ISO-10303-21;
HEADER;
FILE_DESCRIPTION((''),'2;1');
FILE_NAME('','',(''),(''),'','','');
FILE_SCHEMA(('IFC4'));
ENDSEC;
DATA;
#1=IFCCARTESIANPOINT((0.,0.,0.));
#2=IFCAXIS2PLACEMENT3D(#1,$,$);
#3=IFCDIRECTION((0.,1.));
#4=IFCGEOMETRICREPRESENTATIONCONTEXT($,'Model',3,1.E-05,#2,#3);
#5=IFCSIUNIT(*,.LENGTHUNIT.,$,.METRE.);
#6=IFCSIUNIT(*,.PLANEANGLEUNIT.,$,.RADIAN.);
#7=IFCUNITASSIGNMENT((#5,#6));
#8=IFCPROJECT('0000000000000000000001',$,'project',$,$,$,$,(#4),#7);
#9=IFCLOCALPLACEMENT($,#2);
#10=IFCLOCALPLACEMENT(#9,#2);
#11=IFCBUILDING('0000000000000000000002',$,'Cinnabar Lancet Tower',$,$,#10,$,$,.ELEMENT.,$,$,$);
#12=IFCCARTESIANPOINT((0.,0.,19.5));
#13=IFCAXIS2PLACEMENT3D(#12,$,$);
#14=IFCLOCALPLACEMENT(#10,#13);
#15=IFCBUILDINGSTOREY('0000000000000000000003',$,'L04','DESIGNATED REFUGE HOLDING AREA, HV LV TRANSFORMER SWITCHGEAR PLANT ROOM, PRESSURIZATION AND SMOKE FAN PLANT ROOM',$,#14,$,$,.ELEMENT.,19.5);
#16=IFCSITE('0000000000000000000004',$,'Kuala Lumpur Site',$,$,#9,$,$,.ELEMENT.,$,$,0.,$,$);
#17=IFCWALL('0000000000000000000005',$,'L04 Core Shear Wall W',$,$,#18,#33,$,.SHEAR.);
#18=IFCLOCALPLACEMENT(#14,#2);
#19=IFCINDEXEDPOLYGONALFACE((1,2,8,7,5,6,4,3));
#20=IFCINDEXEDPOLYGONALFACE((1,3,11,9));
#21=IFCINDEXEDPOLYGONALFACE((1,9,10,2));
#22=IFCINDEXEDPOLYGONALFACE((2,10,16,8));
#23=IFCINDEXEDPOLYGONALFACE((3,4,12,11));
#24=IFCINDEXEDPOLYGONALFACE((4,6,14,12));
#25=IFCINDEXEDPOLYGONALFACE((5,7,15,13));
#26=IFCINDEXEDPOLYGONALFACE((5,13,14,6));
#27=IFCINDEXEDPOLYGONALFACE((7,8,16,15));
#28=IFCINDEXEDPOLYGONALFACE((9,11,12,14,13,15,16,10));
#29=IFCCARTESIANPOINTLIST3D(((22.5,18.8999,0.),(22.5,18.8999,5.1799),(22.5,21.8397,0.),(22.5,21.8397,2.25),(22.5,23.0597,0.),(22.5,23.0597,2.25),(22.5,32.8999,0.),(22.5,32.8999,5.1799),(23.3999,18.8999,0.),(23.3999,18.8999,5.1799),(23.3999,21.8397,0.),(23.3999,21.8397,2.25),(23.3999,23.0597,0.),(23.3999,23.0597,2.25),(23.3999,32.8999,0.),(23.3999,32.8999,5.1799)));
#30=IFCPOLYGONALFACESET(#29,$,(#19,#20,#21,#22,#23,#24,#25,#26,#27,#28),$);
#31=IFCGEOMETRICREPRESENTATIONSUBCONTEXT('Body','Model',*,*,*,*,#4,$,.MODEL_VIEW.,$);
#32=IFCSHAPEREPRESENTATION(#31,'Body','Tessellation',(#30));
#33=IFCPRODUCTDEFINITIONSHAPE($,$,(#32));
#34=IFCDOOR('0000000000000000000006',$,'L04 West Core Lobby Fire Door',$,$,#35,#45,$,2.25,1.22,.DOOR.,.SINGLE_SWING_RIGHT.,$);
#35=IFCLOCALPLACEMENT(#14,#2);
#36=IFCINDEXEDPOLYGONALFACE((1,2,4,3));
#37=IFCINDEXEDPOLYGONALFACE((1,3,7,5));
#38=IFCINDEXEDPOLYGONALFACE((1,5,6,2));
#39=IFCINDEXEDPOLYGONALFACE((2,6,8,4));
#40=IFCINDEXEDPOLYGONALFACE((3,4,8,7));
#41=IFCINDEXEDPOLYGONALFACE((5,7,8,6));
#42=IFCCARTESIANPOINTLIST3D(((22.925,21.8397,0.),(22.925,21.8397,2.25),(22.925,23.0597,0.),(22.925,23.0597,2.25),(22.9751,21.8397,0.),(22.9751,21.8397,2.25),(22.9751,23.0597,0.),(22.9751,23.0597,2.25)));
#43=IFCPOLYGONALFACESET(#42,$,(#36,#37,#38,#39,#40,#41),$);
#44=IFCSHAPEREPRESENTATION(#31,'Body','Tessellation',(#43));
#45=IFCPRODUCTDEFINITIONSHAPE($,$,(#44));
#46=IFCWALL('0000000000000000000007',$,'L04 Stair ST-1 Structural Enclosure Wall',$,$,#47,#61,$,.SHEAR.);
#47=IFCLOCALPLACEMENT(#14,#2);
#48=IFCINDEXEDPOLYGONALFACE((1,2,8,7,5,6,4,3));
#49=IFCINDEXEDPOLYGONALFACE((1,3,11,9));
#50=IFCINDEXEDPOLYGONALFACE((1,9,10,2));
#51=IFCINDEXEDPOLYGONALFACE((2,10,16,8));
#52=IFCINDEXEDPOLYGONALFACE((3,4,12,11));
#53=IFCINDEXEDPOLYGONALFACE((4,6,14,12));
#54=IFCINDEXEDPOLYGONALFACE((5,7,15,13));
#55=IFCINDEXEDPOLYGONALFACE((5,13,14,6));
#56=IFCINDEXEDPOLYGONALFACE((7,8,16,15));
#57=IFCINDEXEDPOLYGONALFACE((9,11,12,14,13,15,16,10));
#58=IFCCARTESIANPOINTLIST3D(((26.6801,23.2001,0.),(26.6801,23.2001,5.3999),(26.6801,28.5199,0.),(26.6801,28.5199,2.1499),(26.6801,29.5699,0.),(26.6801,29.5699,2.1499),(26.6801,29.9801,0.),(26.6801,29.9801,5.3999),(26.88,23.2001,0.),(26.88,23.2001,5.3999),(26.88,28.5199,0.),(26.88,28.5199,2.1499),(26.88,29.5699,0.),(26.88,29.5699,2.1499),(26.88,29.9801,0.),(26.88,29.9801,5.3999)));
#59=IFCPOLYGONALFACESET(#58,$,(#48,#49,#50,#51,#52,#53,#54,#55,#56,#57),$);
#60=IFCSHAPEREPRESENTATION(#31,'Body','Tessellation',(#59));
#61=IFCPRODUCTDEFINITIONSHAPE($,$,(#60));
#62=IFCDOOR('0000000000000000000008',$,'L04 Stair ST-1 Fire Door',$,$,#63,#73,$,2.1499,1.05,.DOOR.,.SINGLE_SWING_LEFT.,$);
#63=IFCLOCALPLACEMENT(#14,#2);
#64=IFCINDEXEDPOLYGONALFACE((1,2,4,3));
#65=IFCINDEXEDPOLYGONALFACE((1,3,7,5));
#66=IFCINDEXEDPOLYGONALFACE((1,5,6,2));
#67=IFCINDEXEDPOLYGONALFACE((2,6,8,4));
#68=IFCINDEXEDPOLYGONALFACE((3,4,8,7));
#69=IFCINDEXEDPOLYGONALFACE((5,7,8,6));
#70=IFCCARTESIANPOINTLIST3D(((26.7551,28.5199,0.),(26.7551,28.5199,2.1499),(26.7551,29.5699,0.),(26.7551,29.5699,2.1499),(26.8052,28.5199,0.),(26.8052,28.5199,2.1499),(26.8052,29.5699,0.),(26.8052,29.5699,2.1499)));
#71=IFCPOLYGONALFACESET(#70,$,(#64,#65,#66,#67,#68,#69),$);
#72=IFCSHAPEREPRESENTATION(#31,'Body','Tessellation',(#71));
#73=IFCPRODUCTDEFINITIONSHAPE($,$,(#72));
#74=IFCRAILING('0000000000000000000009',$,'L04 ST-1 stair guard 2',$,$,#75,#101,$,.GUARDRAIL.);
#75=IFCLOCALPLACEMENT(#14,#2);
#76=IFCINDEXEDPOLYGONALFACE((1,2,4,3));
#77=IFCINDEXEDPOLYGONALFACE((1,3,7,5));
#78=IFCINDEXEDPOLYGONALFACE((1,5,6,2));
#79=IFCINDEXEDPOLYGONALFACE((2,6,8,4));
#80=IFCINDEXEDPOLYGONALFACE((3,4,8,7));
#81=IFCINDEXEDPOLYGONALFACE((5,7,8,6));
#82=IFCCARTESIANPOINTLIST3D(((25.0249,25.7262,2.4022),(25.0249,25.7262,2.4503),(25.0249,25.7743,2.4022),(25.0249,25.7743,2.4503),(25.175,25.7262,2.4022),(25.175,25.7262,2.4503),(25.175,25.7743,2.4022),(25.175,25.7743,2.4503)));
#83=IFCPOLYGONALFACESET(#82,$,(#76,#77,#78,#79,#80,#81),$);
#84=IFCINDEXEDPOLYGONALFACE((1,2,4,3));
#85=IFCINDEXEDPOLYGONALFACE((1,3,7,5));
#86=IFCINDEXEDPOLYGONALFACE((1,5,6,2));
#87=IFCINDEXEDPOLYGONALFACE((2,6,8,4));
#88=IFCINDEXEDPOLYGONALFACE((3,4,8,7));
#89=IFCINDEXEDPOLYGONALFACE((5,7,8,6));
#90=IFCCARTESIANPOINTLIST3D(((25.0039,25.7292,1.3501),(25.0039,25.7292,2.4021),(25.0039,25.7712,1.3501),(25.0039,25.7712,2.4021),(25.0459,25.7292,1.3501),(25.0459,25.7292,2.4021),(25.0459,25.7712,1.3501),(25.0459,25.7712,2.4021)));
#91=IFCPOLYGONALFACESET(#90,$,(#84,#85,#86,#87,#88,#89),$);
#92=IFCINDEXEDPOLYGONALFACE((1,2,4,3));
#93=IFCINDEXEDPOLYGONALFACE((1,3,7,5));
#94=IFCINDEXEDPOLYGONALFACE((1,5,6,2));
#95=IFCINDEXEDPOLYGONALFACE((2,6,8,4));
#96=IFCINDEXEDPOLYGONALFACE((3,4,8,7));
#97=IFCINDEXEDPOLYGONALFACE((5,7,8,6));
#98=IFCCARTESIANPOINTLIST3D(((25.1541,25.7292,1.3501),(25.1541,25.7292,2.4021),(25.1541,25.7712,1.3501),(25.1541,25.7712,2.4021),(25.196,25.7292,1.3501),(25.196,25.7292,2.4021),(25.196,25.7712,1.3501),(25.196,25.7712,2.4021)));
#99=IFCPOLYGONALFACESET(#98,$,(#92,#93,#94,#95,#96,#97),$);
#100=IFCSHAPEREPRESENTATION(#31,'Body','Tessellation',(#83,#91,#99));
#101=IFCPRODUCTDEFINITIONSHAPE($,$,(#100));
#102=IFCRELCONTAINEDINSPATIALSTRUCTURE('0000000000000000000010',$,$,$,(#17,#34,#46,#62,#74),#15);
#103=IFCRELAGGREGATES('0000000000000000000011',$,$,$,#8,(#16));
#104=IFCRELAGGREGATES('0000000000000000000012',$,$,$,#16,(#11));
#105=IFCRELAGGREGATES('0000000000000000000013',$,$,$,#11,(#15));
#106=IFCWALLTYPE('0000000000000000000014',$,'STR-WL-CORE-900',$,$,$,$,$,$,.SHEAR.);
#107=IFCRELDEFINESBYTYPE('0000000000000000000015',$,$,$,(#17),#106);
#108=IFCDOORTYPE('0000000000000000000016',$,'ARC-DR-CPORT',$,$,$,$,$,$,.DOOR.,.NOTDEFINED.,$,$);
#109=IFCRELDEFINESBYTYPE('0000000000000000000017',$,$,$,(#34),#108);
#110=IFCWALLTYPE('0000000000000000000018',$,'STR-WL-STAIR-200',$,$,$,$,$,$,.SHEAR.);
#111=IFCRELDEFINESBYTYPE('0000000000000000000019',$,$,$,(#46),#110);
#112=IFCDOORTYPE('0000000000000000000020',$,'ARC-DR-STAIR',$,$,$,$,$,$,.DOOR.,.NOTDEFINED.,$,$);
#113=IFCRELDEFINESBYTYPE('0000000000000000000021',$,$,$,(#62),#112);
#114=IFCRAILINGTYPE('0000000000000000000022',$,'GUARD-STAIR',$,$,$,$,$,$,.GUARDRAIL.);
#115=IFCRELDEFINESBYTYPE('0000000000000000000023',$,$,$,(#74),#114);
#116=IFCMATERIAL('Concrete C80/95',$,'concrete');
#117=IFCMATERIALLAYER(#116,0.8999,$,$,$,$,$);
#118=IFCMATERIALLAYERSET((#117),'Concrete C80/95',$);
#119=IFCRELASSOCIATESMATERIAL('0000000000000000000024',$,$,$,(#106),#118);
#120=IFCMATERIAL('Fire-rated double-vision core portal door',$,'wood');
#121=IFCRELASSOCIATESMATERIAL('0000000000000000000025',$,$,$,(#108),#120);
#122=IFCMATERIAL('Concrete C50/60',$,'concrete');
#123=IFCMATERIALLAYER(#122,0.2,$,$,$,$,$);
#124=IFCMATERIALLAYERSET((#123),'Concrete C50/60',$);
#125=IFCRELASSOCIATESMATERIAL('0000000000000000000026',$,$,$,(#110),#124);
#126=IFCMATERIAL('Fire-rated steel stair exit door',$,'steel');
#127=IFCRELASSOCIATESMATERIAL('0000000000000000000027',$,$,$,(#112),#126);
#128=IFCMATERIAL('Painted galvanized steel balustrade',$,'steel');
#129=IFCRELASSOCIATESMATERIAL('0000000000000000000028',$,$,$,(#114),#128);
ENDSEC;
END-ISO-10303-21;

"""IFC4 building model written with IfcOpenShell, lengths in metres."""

from ifc_helpers import new_model, si_unit, direction, frame, frame_2d, origin, origin_2d, place, context, subcontext, project, spatial, rectangle, extrude, material, layer, layer_set, type_object, element, fill, save


model = new_model("IFC4")

# Units and contexts
model_context = context("Model", 3, precision=1e-05, world=origin(), true_north=direction((0.0, 1.0)))
body_context = subcontext(model_context, "Body", "Model", "MODEL_VIEW")
ifc_project = project(units=[si_unit("LENGTHUNIT", "METRE"), si_unit("PLANEANGLEUNIT", "RADIAN")], contexts=[model_context])

# Site, building, storey
site_placement = place(None, origin())
site = spatial("IfcSite", under=ifc_project, at=site_placement, Name="Kuala Lumpur Site", CompositionType="ELEMENT", RefElevation=0.0)
building_placement = place(site_placement, origin())
building = spatial("IfcBuilding", under=site, at=building_placement, Name="Cinnabar Lancet Tower", CompositionType="ELEMENT")
storey_placement = place(building_placement, frame((0.0, 0.0, 19.5)))
storey = spatial("IfcBuildingStorey", under=building, at=storey_placement, Name="L04", Description="DESIGNATED REFUGE HOLDING AREA, HV LV TRANSFORMER SWITCHGEAR PLANT ROOM, PRESSURIZATION AND SMOKE FAN PLANT ROOM", CompositionType="ELEMENT", Elevation=19.5)

# Walls, openings, doors
ifc_material_1 = material(Name="Concrete C80/95", Category="concrete")
ifc_layer_1 = layer(ifc_material_1, 0.8999)
ifc_layer_set_1 = layer_set([ifc_layer_1], Name="Concrete C80/95")
wall_type_1 = type_object("IfcWallType", Name="STR-WL-CORE-900", PredefinedType="SHEAR", material=ifc_layer_set_1)
wall_1_placement = place(storey_placement, frame((22.95, 18.8999, 0.0), z_axis=(0.0, 0.0, 1.0), x_axis=(0.0, 1.0, 0.0)))
wall_1 = element("IfcWall", 1, at=wall_1_placement, inside=storey, type_object=wall_type_1, Name="L04 Core Shear Wall W", PredefinedType="SHEAR", context=body_context, shape_type="SweptSolid", body=[
    extrude(rectangle(XDim=14.0, YDim=0.8999, at=frame_2d((7.0, 0.0))), origin(), (0.0, 0.0, 1.0), 5.1799),
])
opening_1_placement = place(wall_1_placement, frame((2.9399, 0.0, 0.0)))
opening_1 = element("IfcOpeningElement", 2, at=opening_1_placement, cuts=wall_1, PredefinedType="OPENING", context=body_context, shape_type="SweptSolid", body=[
    extrude(rectangle(XDim=1.22, YDim=2.25, at=frame_2d((0.6099, 1.125))), frame((0.0, 0.46, 0.0), z_axis=(0.0, -1.0, 0.0), x_axis=(1.0, 0.0, 0.0)), (0.0, 0.0, 1.0), 0.9199),
])
ifc_material_2 = material(Name="Fire-rated double-vision core portal door", Category="wood")
door_type_1 = type_object("IfcDoorType", Name="ARC-DR-CPORT", OperationType="NOTDEFINED", PredefinedType="DOOR", material=ifc_material_2)
door_1_placement = place(opening_1_placement, origin())
door_1 = element("IfcDoor", 3, at=door_1_placement, inside=storey, type_object=door_type_1, Name="L04 West Core Lobby Fire Door", OperationType="SINGLE_SWING_RIGHT", OverallHeight=2.25, OverallWidth=1.22, PredefinedType="DOOR", context=body_context, shape_type="SweptSolid", body=[
    extrude(rectangle(XDim=1.22, YDim=2.25, at=frame_2d((0.6099, 1.125))), frame((0.0, 0.0249, 0.0), z_axis=(0.0, -1.0, 0.0), x_axis=(1.0, 0.0, 0.0)), (0.0, 0.0, 1.0), 0.05),
])
fill(opening_1, door_1)
ifc_material_3 = material(Name="Concrete C50/60", Category="concrete")
ifc_layer_2 = layer(ifc_material_3, 0.2)
ifc_layer_set_2 = layer_set([ifc_layer_2], Name="Concrete C50/60")
wall_type_2 = type_object("IfcWallType", Name="STR-WL-STAIR-200", PredefinedType="SHEAR", material=ifc_layer_set_2)
wall_2_placement = place(storey_placement, frame((26.78, 23.2, 0.0), z_axis=(0.0, 0.0, 1.0), x_axis=(0.0, 1.0, 0.0)))
wall_2 = element("IfcWall", 4, at=wall_2_placement, inside=storey, type_object=wall_type_2, Name="L04 Stair ST-1 Structural Enclosure Wall", PredefinedType="SHEAR", context=body_context, shape_type="SweptSolid", body=[
    extrude(rectangle(XDim=6.78, YDim=0.2, at=frame_2d((3.3901, 0.0))), origin(), (0.0, 0.0, 1.0), 5.3999),
])
opening_2_placement = place(wall_2_placement, frame((5.3201, 0.0, 0.0)))
opening_2 = element("IfcOpeningElement", 5, at=opening_2_placement, cuts=wall_2, PredefinedType="OPENING", context=body_context, shape_type="SweptSolid", body=[
    extrude(rectangle(XDim=1.05, YDim=2.1499, at=frame_2d((0.5249, 1.075))), frame((0.0, 0.1099, 0.0), z_axis=(0.0, -1.0, 0.0), x_axis=(1.0, 0.0, 0.0)), (0.0, 0.0, 1.0), 0.22),
])
ifc_material_4 = material(Name="Fire-rated steel stair exit door", Category="steel")
door_type_2 = type_object("IfcDoorType", Name="ARC-DR-STAIR", OperationType="NOTDEFINED", PredefinedType="DOOR", material=ifc_material_4)
door_2_placement = place(opening_2_placement, origin())
door_2 = element("IfcDoor", 6, at=door_2_placement, inside=storey, type_object=door_type_2, Name="L04 Stair ST-1 Fire Door", OperationType="SINGLE_SWING_LEFT", OverallHeight=2.1499, OverallWidth=1.05, PredefinedType="DOOR", context=body_context, shape_type="SweptSolid", body=[
    extrude(rectangle(XDim=1.05, YDim=2.1499, at=frame_2d((0.5249, 1.075))), frame((0.0, 0.0249, 0.0), z_axis=(0.0, -1.0, 0.0), x_axis=(1.0, 0.0, 0.0)), (0.0, 0.0, 1.0), 0.05),
])
fill(opening_2, door_2)

# Railing
ifc_material_5 = material(Name="Painted galvanized steel balustrade", Category="steel")
railing_type = type_object("IfcRailingType", Name="GUARD-STAIR", PredefinedType="GUARDRAIL", material=ifc_material_5)
railing_placement = place(storey_placement, frame((25.0249, 25.7502, 1.3501)))
element("IfcRailing", 7, at=railing_placement, inside=storey, type_object=railing_type, Name="L04 ST-1 stair guard 2", PredefinedType="GUARDRAIL", context=body_context, shape_type="SweptSolid", body=[
    extrude(rectangle(XDim=0.0481, YDim=0.0481, at=origin_2d()), frame((0.0, 0.0, 1.0762), z_axis=(1.0, 0.0, 0.0), x_axis=(0.0, 1.0, 0.0)), (0.0, 0.0, 1.0), 0.1501),
    extrude(rectangle(XDim=0.042, YDim=0.042, at=origin_2d()), origin(), (0.0, 0.0, 1.0), 1.052),
    extrude(rectangle(XDim=0.042, YDim=0.042, at=origin_2d()), frame((0.1501, 0.0, 0.0)), (0.0, 0.0, 1.0), 1.052),
])

save(model, "model.ifc")
